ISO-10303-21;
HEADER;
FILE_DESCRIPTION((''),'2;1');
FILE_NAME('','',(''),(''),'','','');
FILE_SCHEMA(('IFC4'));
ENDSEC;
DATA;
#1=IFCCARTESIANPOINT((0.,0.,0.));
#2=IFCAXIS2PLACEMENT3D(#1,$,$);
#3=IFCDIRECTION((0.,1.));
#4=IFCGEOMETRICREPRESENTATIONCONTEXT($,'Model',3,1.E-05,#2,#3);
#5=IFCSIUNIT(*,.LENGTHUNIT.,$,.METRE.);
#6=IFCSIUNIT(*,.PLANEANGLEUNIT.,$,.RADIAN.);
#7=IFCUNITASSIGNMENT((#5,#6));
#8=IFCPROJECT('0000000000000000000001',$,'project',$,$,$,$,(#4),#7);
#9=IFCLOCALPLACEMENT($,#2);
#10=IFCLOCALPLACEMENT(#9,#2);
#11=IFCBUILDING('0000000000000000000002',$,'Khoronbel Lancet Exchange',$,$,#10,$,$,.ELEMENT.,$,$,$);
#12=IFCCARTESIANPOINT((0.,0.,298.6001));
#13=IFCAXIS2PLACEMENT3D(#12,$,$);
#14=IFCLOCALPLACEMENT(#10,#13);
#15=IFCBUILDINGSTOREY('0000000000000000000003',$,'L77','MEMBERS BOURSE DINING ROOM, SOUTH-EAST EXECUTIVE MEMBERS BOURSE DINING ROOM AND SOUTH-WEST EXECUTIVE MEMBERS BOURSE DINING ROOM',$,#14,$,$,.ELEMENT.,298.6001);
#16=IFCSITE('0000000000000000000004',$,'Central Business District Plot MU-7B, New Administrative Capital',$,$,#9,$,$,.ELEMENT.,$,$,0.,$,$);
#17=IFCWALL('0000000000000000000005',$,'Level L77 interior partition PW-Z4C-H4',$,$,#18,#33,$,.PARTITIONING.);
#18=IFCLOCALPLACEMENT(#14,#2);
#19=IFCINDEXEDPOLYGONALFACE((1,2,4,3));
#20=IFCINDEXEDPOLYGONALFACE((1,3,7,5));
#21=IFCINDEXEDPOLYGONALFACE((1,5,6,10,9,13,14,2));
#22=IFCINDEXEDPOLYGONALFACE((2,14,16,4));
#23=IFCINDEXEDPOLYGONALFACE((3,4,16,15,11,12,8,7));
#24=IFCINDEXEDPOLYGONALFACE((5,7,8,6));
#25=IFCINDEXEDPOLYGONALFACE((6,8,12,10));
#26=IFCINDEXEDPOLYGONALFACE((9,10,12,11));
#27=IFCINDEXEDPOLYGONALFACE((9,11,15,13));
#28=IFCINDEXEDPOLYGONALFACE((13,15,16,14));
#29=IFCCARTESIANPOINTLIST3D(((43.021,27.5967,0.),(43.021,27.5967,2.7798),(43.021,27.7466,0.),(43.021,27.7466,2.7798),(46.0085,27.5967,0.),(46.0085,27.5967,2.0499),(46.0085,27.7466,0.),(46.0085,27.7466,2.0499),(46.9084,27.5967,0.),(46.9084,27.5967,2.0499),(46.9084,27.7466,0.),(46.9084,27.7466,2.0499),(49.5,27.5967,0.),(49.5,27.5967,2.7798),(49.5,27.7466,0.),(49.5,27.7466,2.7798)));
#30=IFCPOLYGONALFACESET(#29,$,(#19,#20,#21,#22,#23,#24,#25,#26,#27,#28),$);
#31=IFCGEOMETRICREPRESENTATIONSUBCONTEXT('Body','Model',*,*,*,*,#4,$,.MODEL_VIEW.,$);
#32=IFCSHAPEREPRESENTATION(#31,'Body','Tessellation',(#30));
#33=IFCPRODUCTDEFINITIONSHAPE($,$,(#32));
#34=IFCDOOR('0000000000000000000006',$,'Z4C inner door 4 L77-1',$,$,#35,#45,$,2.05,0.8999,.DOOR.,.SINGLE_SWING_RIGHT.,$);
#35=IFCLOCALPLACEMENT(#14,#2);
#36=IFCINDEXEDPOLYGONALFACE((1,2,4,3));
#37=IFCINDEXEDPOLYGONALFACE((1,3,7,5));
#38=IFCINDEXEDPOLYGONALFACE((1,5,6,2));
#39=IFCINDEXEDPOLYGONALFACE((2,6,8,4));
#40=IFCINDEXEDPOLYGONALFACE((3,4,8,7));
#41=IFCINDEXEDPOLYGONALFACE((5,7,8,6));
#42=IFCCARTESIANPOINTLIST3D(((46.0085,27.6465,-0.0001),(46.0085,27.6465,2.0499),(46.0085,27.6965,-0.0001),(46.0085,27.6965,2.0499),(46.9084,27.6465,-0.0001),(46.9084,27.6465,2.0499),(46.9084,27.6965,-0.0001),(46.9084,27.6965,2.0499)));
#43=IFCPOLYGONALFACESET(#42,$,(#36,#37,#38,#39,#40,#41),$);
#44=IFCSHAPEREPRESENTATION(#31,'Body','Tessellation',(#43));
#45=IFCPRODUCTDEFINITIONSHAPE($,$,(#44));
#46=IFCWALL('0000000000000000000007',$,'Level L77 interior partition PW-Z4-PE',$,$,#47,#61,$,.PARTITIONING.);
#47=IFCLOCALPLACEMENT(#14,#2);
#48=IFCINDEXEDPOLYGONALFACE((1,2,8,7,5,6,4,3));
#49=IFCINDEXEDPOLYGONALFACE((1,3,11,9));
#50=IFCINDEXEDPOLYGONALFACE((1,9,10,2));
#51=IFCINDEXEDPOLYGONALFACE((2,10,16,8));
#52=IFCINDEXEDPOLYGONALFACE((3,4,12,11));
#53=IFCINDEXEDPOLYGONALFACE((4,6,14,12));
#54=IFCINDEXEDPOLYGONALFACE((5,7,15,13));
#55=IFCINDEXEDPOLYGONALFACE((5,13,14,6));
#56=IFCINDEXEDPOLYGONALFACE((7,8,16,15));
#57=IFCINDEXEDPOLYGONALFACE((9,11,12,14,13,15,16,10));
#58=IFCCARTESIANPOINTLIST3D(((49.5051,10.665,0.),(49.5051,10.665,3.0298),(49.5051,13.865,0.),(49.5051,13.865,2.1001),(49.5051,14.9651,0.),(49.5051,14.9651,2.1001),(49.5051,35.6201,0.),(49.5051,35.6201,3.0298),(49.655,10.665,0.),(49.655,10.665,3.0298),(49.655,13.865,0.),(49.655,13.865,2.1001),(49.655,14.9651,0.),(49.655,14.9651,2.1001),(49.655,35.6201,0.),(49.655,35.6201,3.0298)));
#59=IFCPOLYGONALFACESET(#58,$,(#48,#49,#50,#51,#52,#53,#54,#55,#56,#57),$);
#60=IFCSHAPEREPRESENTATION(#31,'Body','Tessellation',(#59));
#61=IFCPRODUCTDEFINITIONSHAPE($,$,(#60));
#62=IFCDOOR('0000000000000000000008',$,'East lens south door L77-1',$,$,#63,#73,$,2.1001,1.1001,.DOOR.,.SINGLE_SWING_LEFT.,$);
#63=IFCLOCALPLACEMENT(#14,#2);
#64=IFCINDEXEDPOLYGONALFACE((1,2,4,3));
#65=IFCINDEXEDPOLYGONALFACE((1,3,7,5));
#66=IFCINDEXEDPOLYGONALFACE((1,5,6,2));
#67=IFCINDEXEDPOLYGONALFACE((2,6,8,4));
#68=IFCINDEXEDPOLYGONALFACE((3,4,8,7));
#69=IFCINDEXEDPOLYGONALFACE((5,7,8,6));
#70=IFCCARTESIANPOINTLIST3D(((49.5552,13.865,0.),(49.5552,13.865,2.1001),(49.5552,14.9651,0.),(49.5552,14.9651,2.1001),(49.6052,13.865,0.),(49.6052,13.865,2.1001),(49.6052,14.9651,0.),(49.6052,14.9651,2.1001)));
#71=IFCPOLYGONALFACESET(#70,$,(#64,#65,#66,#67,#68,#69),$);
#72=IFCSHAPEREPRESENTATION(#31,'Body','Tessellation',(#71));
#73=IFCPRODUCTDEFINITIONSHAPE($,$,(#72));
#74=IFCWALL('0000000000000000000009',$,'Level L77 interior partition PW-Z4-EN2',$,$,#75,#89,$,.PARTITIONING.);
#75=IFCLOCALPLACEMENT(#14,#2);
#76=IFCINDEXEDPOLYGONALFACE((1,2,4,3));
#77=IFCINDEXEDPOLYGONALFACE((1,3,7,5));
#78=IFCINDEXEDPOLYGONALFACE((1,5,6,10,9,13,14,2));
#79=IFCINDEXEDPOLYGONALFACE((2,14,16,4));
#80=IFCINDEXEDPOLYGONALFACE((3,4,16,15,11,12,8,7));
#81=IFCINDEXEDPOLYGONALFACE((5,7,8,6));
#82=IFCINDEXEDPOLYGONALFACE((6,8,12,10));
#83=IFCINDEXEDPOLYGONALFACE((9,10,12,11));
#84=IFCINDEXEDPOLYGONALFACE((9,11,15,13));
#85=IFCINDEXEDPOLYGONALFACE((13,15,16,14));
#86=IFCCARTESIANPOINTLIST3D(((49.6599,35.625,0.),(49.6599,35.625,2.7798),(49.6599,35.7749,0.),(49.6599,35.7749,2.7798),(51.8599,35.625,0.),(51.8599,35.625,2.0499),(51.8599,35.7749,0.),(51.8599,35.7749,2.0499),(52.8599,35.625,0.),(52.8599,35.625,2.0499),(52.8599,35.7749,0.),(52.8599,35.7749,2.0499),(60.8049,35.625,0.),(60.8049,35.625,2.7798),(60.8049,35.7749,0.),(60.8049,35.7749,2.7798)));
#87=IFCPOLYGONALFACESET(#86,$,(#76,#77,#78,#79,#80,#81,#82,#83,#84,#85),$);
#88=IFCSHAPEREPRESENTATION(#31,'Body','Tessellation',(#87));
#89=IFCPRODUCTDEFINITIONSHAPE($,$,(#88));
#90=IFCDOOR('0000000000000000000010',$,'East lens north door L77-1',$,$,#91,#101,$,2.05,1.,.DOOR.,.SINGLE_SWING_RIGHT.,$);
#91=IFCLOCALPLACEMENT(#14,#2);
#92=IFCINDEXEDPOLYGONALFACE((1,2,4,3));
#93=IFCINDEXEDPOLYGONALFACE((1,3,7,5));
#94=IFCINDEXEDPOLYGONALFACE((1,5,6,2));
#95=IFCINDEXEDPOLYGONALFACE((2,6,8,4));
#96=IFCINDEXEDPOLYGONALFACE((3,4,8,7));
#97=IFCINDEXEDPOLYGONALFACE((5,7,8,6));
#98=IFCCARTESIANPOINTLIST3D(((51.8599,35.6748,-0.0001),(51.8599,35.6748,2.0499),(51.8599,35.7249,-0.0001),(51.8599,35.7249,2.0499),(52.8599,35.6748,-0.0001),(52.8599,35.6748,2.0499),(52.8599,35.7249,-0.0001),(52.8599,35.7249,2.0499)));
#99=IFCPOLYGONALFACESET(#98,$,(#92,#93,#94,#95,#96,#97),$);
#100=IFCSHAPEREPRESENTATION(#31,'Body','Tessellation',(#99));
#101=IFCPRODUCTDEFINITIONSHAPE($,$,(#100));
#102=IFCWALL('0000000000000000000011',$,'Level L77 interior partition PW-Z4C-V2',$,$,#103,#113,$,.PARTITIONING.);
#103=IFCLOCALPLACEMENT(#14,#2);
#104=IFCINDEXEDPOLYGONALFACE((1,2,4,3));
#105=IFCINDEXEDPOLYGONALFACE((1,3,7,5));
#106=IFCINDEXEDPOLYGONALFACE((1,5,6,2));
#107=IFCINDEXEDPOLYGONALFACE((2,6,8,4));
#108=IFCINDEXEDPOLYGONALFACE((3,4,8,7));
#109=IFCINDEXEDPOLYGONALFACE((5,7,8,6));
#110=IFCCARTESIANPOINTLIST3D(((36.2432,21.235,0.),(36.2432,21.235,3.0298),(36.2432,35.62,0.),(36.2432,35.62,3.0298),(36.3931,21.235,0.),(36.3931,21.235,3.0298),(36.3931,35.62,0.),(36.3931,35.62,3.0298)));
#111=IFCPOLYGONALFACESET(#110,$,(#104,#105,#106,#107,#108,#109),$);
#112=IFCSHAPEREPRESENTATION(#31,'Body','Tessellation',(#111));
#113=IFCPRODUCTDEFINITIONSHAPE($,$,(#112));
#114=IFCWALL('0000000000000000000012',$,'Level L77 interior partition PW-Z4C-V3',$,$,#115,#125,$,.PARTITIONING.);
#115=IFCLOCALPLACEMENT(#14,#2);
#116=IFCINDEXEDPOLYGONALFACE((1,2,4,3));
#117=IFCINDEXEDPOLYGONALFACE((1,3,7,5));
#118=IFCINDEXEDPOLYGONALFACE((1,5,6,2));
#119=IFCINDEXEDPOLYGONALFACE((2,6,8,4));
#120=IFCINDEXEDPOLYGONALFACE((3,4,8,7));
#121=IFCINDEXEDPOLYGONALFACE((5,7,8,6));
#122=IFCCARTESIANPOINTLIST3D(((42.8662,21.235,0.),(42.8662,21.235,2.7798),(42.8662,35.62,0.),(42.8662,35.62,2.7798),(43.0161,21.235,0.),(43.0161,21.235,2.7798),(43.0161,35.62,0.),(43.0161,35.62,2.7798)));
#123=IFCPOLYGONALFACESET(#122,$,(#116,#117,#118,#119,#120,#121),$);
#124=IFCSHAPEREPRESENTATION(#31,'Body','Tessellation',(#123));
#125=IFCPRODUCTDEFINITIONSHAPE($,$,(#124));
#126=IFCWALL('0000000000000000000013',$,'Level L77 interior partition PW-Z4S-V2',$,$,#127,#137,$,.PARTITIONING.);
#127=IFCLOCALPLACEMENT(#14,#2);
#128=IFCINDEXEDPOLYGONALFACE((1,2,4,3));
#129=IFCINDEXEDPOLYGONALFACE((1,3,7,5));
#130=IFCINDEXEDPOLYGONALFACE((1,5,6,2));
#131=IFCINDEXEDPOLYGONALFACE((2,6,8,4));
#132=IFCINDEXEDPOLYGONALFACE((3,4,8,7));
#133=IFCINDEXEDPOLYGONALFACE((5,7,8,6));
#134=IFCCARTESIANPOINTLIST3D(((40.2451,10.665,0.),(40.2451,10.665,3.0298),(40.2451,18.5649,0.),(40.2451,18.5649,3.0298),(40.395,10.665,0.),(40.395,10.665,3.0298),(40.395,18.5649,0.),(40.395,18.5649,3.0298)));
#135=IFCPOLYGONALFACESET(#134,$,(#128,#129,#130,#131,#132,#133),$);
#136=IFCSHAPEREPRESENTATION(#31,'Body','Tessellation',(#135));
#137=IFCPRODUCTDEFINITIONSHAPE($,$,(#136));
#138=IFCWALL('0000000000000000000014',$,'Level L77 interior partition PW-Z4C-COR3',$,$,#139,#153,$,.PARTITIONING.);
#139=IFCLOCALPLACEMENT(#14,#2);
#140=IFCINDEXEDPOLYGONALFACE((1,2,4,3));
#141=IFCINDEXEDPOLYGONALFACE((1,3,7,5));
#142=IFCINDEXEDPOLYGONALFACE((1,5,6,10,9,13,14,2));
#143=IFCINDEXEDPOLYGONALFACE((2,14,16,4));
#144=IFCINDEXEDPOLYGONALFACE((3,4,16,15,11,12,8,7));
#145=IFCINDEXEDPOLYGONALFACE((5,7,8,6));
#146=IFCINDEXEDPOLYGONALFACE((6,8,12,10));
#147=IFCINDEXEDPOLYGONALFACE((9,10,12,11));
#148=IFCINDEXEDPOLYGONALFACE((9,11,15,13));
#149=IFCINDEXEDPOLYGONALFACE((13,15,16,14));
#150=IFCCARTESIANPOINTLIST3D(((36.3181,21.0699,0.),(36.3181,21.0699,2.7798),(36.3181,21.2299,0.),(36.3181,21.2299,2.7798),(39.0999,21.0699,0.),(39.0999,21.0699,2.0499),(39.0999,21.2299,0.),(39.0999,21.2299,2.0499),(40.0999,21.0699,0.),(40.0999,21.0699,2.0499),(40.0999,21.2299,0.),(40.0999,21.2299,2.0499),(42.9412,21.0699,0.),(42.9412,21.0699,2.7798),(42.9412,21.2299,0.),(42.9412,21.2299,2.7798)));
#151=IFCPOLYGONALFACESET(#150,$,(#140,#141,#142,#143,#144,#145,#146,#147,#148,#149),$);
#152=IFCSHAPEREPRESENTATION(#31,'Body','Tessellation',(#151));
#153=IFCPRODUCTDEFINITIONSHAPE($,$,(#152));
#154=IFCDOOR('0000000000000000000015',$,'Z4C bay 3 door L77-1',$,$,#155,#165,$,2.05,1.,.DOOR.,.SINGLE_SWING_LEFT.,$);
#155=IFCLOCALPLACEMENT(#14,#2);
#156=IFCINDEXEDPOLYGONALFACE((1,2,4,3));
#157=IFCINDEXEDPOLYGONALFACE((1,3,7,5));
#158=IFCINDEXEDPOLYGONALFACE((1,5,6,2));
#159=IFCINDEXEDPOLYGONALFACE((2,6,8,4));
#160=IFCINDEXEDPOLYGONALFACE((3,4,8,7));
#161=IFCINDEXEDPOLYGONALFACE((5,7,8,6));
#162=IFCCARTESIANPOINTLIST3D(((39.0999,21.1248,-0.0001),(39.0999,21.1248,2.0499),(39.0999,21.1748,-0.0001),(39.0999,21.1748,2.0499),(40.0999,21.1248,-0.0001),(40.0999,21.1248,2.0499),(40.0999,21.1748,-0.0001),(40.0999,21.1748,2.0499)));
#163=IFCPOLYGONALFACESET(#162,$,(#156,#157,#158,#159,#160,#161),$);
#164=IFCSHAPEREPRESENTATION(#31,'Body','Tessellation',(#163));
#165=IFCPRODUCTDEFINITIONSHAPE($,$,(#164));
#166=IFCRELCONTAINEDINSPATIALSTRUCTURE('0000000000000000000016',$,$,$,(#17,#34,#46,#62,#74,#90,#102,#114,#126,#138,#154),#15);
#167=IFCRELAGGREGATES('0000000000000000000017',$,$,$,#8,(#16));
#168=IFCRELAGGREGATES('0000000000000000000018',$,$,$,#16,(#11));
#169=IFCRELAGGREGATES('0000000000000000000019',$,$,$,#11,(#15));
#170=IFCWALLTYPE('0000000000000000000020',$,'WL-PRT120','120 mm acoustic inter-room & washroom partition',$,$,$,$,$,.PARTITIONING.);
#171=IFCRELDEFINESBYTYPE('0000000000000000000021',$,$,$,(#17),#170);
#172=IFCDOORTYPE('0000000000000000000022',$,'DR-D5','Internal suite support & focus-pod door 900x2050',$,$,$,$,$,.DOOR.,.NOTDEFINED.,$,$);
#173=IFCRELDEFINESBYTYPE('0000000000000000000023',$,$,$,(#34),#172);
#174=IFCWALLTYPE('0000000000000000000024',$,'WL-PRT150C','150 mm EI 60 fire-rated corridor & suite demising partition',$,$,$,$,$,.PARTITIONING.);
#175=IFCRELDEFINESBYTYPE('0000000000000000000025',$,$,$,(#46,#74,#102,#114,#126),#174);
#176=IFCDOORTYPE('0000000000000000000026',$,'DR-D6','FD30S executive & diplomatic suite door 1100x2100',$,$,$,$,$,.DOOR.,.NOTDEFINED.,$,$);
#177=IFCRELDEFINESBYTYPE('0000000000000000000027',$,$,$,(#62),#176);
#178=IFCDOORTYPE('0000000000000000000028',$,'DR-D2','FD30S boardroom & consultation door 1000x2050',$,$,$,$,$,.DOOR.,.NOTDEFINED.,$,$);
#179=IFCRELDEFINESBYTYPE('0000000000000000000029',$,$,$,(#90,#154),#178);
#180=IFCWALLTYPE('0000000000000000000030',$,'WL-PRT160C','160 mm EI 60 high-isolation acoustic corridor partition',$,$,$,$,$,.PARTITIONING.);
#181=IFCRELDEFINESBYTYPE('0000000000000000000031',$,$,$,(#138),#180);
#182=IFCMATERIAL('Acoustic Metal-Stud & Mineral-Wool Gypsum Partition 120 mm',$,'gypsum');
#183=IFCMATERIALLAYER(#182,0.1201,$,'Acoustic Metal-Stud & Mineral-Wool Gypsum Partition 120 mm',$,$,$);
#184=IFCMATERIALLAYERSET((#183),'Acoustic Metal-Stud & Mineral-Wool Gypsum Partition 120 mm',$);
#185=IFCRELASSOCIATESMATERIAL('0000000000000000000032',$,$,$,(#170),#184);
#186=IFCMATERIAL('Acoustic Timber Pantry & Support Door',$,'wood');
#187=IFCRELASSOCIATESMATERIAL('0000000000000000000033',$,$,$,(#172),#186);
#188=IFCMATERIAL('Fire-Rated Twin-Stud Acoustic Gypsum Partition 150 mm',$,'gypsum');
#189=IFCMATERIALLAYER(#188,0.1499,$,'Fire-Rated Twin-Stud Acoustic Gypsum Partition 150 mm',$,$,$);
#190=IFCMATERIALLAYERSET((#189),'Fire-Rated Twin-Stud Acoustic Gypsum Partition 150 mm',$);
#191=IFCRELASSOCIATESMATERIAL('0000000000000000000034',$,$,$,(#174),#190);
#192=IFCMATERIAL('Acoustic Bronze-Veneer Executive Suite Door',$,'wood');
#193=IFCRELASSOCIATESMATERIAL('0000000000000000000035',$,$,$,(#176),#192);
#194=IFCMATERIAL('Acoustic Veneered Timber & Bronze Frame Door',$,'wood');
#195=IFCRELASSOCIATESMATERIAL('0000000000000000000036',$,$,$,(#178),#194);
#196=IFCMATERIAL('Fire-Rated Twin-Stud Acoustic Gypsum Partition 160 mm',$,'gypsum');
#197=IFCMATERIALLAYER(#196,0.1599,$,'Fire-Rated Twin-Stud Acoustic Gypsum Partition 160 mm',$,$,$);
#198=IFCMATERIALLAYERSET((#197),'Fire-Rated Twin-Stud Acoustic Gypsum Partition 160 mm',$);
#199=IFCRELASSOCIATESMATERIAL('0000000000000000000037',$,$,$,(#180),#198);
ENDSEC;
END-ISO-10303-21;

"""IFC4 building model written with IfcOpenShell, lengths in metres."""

from ifc_helpers import new_model, si_unit, direction, frame, frame_2d, origin, place, context, subcontext, project, spatial, rectangle, extrude, material, layer, layer_set, type_object, element, fill, save


model = new_model("IFC4")

# Units and contexts
model_context = context("Model", 3, precision=1e-05, world=origin(), true_north=direction((0.0, 1.0)))
body_context = subcontext(model_context, "Body", "Model", "MODEL_VIEW")
ifc_project = project(units=[si_unit("LENGTHUNIT", "METRE"), si_unit("PLANEANGLEUNIT", "RADIAN")], contexts=[model_context])

# Site, building, storey
site_placement = place(None, origin())
site = spatial("IfcSite", under=ifc_project, at=site_placement, Name="Central Business District Plot MU-7B, New Administrative Capital", CompositionType="ELEMENT", RefElevation=0.0)
building_placement = place(site_placement, origin())
building = spatial("IfcBuilding", under=site, at=building_placement, Name="Khoronbel Lancet Exchange", CompositionType="ELEMENT")
storey_placement = place(building_placement, frame((0.0, 0.0, 298.6001)))
storey = spatial("IfcBuildingStorey", under=building, at=storey_placement, Name="L77", Description="MEMBERS BOURSE DINING ROOM, SOUTH-EAST EXECUTIVE MEMBERS BOURSE DINING ROOM AND SOUTH-WEST EXECUTIVE MEMBERS BOURSE DINING ROOM", CompositionType="ELEMENT", Elevation=298.6001)

# Walls, openings, doors
ifc_material_1 = material(Name="Acoustic Metal-Stud & Mineral-Wool Gypsum Partition 120 mm", Category="gypsum")
ifc_layer_1 = layer(ifc_material_1, 0.1201, Name="Acoustic Metal-Stud & Mineral-Wool Gypsum Partition 120 mm")
ifc_layer_set_1 = layer_set([ifc_layer_1], Name="Acoustic Metal-Stud & Mineral-Wool Gypsum Partition 120 mm")
wall_type_1 = type_object("IfcWallType", Name="WL-PRT120", Description="120 mm acoustic inter-room & washroom partition", PredefinedType="PARTITIONING", material=ifc_layer_set_1)
ifc_material_2 = material(Name="Acoustic Timber Pantry & Support Door", Category="wood")
door_type_1 = type_object("IfcDoorType", Name="DR-D5", Description="Internal suite support & focus-pod door 900x2050", OperationType="NOTDEFINED", PredefinedType="DOOR", material=ifc_material_2)
wall_1_placement = place(storey_placement, frame((43.021, 27.6716, 0.0), z_axis=(0.0, 0.0, 1.0), x_axis=(1.0, 0.0, 0.0)))
wall_1 = element("IfcWall", 1, at=wall_1_placement, inside=storey, type_object=wall_type_1, Name="Level L77 interior partition PW-Z4C-H4", PredefinedType="PARTITIONING", context=body_context, shape_type="SweptSolid", body=[
    extrude(rectangle(XDim=6.479, YDim=0.1499, at=frame_2d((3.2395, 0.0))), origin(), (0.0, 0.0, 1.0), 2.7798),
])
opening_1_placement = place(wall_1_placement, frame((2.9875, 0.0, 0.0)))
opening_1 = element("IfcOpeningElement", 2, at=opening_1_placement, cuts=wall_1, PredefinedType="OPENING", context=body_context, shape_type="SweptSolid", body=[
    extrude(rectangle(XDim=0.8999, YDim=2.05, at=frame_2d((0.45, 1.0249))), frame((0.0, 0.085, 0.0), z_axis=(0.0, -1.0, 0.0), x_axis=(1.0, 0.0, 0.0)), (0.0, 0.0, 1.0), 0.1699),
])
door_1_placement = place(opening_1_placement, origin())
door_1 = element("IfcDoor", 3, at=door_1_placement, inside=storey, type_object=door_type_1, Name="Z4C inner door 4 L77-1", OperationType="SINGLE_SWING_RIGHT", OverallHeight=2.05, OverallWidth=0.8999, PredefinedType="DOOR", context=body_context, shape_type="SweptSolid", body=[
    extrude(rectangle(XDim=0.8999, YDim=2.05, at=frame_2d((0.45, 1.0249))), frame((0.0, 0.0249, 0.0), z_axis=(0.0, -1.0, 0.0), x_axis=(1.0, 0.0, 0.0)), (0.0, 0.0, 1.0), 0.05),
])
fill(opening_1, door_1)
ifc_material_3 = material(Name="Fire-Rated Twin-Stud Acoustic Gypsum Partition 150 mm", Category="gypsum")
ifc_layer_2 = layer(ifc_material_3, 0.1499, Name="Fire-Rated Twin-Stud Acoustic Gypsum Partition 150 mm")
ifc_layer_set_2 = layer_set([ifc_layer_2], Name="Fire-Rated Twin-Stud Acoustic Gypsum Partition 150 mm")
wall_type_2 = type_object("IfcWallType", Name="WL-PRT150C", Description="150 mm EI 60 fire-rated corridor & suite demising partition", PredefinedType="PARTITIONING", material=ifc_layer_set_2)
wall_2_placement = place(storey_placement, frame((49.5801, 10.665, 0.0), z_axis=(0.0, 0.0, 1.0), x_axis=(0.0, 1.0, 0.0)))
wall_2 = element("IfcWall", 4, at=wall_2_placement, inside=storey, type_object=wall_type_2, Name="Level L77 interior partition PW-Z4-PE", PredefinedType="PARTITIONING", context=body_context, shape_type="SweptSolid", body=[
    extrude(rectangle(XDim=24.9551, YDim=0.1499, at=frame_2d((12.4775, 0.0))), origin(), (0.0, 0.0, 1.0), 3.0298),
])
opening_2_placement = place(wall_2_placement, frame((3.2, 0.0, 0.0)))
opening_2 = element("IfcOpeningElement", 5, at=opening_2_placement, cuts=wall_2, PredefinedType="OPENING", context=body_context, shape_type="SweptSolid", body=[
    extrude(rectangle(XDim=1.1001, YDim=2.1001, at=frame_2d((0.55, 1.05))), frame((0.0, 0.085, 0.0), z_axis=(0.0, -1.0, 0.0), x_axis=(1.0, 0.0, 0.0)), (0.0, 0.0, 1.0), 0.1699),
])
ifc_material_4 = material(Name="Acoustic Bronze-Veneer Executive Suite Door", Category="wood")
door_type_2 = type_object("IfcDoorType", Name="DR-D6", Description="FD30S executive & diplomatic suite door 1100x2100", OperationType="NOTDEFINED", PredefinedType="DOOR", material=ifc_material_4)
door_2_placement = place(opening_2_placement, origin())
door_2 = element("IfcDoor", 6, at=door_2_placement, inside=storey, type_object=door_type_2, Name="East lens south door L77-1", OperationType="SINGLE_SWING_LEFT", OverallHeight=2.1001, OverallWidth=1.1001, PredefinedType="DOOR", context=body_context, shape_type="SweptSolid", body=[
    extrude(rectangle(XDim=1.1001, YDim=2.1001, at=frame_2d((0.55, 1.05))), frame((0.0, 0.0249, 0.0), z_axis=(0.0, -1.0, 0.0), x_axis=(1.0, 0.0, 0.0)), (0.0, 0.0, 1.0), 0.05),
])
fill(opening_2, door_2)
wall_3_placement = place(storey_placement, frame((49.6599, 35.7, 0.0), z_axis=(0.0, 0.0, 1.0), x_axis=(1.0, 0.0, 0.0)))
wall_3 = element("IfcWall", 7, at=wall_3_placement, inside=storey, type_object=wall_type_2, Name="Level L77 interior partition PW-Z4-EN2", PredefinedType="PARTITIONING", context=body_context, shape_type="SweptSolid", body=[
    extrude(rectangle(XDim=11.145, YDim=0.1499, at=frame_2d((5.5725, 0.0))), origin(), (0.0, 0.0, 1.0), 2.7798),
])
opening_3_placement = place(wall_3_placement, frame((2.2, 0.0, 0.0)))
opening_3 = element("IfcOpeningElement", 8, at=opening_3_placement, cuts=wall_3, PredefinedType="OPENING", context=body_context, shape_type="SweptSolid", body=[
    extrude(rectangle(XDim=1.0, YDim=2.05, at=frame_2d((0.5, 1.0249))), frame((0.0, 0.085, 0.0), z_axis=(0.0, -1.0, 0.0), x_axis=(1.0, 0.0, 0.0)), (0.0, 0.0, 1.0), 0.1699),
])
ifc_material_5 = material(Name="Acoustic Veneered Timber & Bronze Frame Door", Category="wood")
door_type_3 = type_object("IfcDoorType", Name="DR-D2", Description="FD30S boardroom & consultation door 1000x2050", OperationType="NOTDEFINED", PredefinedType="DOOR", material=ifc_material_5)
door_3_placement = place(opening_3_placement, origin())
door_3 = element("IfcDoor", 9, at=door_3_placement, inside=storey, type_object=door_type_3, Name="East lens north door L77-1", OperationType="SINGLE_SWING_RIGHT", OverallHeight=2.05, OverallWidth=1.0, PredefinedType="DOOR", context=body_context, shape_type="SweptSolid", body=[
    extrude(rectangle(XDim=1.0, YDim=2.05, at=frame_2d((0.5, 1.0249))), frame((0.0, 0.0249, 0.0), z_axis=(0.0, -1.0, 0.0), x_axis=(1.0, 0.0, 0.0)), (0.0, 0.0, 1.0), 0.05),
])
fill(opening_3, door_3)

# Walls
wall_4_placement = place(storey_placement, frame((36.3181, 21.2351, 0.0), z_axis=(0.0, 0.0, 1.0), x_axis=(0.0, 1.0, 0.0)))
element("IfcWall", 10, at=wall_4_placement, inside=storey, type_object=wall_type_2, Name="Level L77 interior partition PW-Z4C-V2", PredefinedType="PARTITIONING", context=body_context, shape_type="SweptSolid", body=[
    extrude(rectangle(XDim=14.385, YDim=0.1499, at=frame_2d((7.1924, 0.0))), origin(), (0.0, 0.0, 1.0), 3.0298),
])
wall_5_placement = place(storey_placement, frame((42.9412, 21.2351, 0.0), z_axis=(0.0, 0.0, 1.0), x_axis=(0.0, 1.0, 0.0)))
element("IfcWall", 11, at=wall_5_placement, inside=storey, type_object=wall_type_2, Name="Level L77 interior partition PW-Z4C-V3", PredefinedType="PARTITIONING", context=body_context, shape_type="SweptSolid", body=[
    extrude(rectangle(XDim=14.385, YDim=0.1499, at=frame_2d((7.1924, 0.0))), origin(), (0.0, 0.0, 1.0), 2.7798),
])
wall_6_placement = place(storey_placement, frame((40.3201, 10.665, 0.0), z_axis=(0.0, 0.0, 1.0), x_axis=(0.0, 1.0, 0.0)))
element("IfcWall", 12, at=wall_6_placement, inside=storey, type_object=wall_type_2, Name="Level L77 interior partition PW-Z4S-V2", PredefinedType="PARTITIONING", context=body_context, shape_type="SweptSolid", body=[
    extrude(rectangle(XDim=7.8999, YDim=0.1499, at=frame_2d((3.95, 0.0))), origin(), (0.0, 0.0, 1.0), 3.0298),
])

# Wall, opening, door
ifc_material_6 = material(Name="Fire-Rated Twin-Stud Acoustic Gypsum Partition 160 mm", Category="gypsum")
ifc_layer_3 = layer(ifc_material_6, 0.1599, Name="Fire-Rated Twin-Stud Acoustic Gypsum Partition 160 mm")
ifc_layer_set_3 = layer_set([ifc_layer_3], Name="Fire-Rated Twin-Stud Acoustic Gypsum Partition 160 mm")
wall_type_3 = type_object("IfcWallType", Name="WL-PRT160C", Description="160 mm EI 60 high-isolation acoustic corridor partition", PredefinedType="PARTITIONING", material=ifc_layer_set_3)
wall_7_placement = place(storey_placement, frame((36.3181, 21.1499, 0.0), z_axis=(0.0, 0.0, 1.0), x_axis=(1.0, 0.0, 0.0)))
wall_7 = element("IfcWall", 13, at=wall_7_placement, inside=storey, type_object=wall_type_3, Name="Level L77 interior partition PW-Z4C-COR3", PredefinedType="PARTITIONING", context=body_context, shape_type="SweptSolid", body=[
    extrude(rectangle(XDim=6.623, YDim=0.1599, at=frame_2d((3.3115, 0.0))), origin(), (0.0, 0.0, 1.0), 2.7798),
])
opening_4_placement = place(wall_7_placement, frame((2.7817, 0.0, 0.0)))
opening_4 = element("IfcOpeningElement", 14, at=opening_4_placement, cuts=wall_7, PredefinedType="OPENING", context=body_context, shape_type="SweptSolid", body=[
    extrude(rectangle(XDim=1.0, YDim=2.05, at=frame_2d((0.5, 1.0249))), frame((0.0, 0.0898, 0.0), z_axis=(0.0, -1.0, 0.0), x_axis=(1.0, 0.0, 0.0)), (0.0, 0.0, 1.0), 0.1799),
])
door_4_placement = place(opening_4_placement, origin())
door_4 = element("IfcDoor", 15, at=door_4_placement, inside=storey, type_object=door_type_3, Name="Z4C bay 3 door L77-1", OperationType="SINGLE_SWING_LEFT", OverallHeight=2.05, OverallWidth=1.0, PredefinedType="DOOR", context=body_context, shape_type="SweptSolid", body=[
    extrude(rectangle(XDim=1.0, YDim=2.05, at=frame_2d((0.5, 1.0249))), frame((0.0, 0.0249, 0.0), z_axis=(0.0, -1.0, 0.0), x_axis=(1.0, 0.0, 0.0)), (0.0, 0.0, 1.0), 0.05),
])
fill(opening_4, door_4)

save(model, "model.ifc")
